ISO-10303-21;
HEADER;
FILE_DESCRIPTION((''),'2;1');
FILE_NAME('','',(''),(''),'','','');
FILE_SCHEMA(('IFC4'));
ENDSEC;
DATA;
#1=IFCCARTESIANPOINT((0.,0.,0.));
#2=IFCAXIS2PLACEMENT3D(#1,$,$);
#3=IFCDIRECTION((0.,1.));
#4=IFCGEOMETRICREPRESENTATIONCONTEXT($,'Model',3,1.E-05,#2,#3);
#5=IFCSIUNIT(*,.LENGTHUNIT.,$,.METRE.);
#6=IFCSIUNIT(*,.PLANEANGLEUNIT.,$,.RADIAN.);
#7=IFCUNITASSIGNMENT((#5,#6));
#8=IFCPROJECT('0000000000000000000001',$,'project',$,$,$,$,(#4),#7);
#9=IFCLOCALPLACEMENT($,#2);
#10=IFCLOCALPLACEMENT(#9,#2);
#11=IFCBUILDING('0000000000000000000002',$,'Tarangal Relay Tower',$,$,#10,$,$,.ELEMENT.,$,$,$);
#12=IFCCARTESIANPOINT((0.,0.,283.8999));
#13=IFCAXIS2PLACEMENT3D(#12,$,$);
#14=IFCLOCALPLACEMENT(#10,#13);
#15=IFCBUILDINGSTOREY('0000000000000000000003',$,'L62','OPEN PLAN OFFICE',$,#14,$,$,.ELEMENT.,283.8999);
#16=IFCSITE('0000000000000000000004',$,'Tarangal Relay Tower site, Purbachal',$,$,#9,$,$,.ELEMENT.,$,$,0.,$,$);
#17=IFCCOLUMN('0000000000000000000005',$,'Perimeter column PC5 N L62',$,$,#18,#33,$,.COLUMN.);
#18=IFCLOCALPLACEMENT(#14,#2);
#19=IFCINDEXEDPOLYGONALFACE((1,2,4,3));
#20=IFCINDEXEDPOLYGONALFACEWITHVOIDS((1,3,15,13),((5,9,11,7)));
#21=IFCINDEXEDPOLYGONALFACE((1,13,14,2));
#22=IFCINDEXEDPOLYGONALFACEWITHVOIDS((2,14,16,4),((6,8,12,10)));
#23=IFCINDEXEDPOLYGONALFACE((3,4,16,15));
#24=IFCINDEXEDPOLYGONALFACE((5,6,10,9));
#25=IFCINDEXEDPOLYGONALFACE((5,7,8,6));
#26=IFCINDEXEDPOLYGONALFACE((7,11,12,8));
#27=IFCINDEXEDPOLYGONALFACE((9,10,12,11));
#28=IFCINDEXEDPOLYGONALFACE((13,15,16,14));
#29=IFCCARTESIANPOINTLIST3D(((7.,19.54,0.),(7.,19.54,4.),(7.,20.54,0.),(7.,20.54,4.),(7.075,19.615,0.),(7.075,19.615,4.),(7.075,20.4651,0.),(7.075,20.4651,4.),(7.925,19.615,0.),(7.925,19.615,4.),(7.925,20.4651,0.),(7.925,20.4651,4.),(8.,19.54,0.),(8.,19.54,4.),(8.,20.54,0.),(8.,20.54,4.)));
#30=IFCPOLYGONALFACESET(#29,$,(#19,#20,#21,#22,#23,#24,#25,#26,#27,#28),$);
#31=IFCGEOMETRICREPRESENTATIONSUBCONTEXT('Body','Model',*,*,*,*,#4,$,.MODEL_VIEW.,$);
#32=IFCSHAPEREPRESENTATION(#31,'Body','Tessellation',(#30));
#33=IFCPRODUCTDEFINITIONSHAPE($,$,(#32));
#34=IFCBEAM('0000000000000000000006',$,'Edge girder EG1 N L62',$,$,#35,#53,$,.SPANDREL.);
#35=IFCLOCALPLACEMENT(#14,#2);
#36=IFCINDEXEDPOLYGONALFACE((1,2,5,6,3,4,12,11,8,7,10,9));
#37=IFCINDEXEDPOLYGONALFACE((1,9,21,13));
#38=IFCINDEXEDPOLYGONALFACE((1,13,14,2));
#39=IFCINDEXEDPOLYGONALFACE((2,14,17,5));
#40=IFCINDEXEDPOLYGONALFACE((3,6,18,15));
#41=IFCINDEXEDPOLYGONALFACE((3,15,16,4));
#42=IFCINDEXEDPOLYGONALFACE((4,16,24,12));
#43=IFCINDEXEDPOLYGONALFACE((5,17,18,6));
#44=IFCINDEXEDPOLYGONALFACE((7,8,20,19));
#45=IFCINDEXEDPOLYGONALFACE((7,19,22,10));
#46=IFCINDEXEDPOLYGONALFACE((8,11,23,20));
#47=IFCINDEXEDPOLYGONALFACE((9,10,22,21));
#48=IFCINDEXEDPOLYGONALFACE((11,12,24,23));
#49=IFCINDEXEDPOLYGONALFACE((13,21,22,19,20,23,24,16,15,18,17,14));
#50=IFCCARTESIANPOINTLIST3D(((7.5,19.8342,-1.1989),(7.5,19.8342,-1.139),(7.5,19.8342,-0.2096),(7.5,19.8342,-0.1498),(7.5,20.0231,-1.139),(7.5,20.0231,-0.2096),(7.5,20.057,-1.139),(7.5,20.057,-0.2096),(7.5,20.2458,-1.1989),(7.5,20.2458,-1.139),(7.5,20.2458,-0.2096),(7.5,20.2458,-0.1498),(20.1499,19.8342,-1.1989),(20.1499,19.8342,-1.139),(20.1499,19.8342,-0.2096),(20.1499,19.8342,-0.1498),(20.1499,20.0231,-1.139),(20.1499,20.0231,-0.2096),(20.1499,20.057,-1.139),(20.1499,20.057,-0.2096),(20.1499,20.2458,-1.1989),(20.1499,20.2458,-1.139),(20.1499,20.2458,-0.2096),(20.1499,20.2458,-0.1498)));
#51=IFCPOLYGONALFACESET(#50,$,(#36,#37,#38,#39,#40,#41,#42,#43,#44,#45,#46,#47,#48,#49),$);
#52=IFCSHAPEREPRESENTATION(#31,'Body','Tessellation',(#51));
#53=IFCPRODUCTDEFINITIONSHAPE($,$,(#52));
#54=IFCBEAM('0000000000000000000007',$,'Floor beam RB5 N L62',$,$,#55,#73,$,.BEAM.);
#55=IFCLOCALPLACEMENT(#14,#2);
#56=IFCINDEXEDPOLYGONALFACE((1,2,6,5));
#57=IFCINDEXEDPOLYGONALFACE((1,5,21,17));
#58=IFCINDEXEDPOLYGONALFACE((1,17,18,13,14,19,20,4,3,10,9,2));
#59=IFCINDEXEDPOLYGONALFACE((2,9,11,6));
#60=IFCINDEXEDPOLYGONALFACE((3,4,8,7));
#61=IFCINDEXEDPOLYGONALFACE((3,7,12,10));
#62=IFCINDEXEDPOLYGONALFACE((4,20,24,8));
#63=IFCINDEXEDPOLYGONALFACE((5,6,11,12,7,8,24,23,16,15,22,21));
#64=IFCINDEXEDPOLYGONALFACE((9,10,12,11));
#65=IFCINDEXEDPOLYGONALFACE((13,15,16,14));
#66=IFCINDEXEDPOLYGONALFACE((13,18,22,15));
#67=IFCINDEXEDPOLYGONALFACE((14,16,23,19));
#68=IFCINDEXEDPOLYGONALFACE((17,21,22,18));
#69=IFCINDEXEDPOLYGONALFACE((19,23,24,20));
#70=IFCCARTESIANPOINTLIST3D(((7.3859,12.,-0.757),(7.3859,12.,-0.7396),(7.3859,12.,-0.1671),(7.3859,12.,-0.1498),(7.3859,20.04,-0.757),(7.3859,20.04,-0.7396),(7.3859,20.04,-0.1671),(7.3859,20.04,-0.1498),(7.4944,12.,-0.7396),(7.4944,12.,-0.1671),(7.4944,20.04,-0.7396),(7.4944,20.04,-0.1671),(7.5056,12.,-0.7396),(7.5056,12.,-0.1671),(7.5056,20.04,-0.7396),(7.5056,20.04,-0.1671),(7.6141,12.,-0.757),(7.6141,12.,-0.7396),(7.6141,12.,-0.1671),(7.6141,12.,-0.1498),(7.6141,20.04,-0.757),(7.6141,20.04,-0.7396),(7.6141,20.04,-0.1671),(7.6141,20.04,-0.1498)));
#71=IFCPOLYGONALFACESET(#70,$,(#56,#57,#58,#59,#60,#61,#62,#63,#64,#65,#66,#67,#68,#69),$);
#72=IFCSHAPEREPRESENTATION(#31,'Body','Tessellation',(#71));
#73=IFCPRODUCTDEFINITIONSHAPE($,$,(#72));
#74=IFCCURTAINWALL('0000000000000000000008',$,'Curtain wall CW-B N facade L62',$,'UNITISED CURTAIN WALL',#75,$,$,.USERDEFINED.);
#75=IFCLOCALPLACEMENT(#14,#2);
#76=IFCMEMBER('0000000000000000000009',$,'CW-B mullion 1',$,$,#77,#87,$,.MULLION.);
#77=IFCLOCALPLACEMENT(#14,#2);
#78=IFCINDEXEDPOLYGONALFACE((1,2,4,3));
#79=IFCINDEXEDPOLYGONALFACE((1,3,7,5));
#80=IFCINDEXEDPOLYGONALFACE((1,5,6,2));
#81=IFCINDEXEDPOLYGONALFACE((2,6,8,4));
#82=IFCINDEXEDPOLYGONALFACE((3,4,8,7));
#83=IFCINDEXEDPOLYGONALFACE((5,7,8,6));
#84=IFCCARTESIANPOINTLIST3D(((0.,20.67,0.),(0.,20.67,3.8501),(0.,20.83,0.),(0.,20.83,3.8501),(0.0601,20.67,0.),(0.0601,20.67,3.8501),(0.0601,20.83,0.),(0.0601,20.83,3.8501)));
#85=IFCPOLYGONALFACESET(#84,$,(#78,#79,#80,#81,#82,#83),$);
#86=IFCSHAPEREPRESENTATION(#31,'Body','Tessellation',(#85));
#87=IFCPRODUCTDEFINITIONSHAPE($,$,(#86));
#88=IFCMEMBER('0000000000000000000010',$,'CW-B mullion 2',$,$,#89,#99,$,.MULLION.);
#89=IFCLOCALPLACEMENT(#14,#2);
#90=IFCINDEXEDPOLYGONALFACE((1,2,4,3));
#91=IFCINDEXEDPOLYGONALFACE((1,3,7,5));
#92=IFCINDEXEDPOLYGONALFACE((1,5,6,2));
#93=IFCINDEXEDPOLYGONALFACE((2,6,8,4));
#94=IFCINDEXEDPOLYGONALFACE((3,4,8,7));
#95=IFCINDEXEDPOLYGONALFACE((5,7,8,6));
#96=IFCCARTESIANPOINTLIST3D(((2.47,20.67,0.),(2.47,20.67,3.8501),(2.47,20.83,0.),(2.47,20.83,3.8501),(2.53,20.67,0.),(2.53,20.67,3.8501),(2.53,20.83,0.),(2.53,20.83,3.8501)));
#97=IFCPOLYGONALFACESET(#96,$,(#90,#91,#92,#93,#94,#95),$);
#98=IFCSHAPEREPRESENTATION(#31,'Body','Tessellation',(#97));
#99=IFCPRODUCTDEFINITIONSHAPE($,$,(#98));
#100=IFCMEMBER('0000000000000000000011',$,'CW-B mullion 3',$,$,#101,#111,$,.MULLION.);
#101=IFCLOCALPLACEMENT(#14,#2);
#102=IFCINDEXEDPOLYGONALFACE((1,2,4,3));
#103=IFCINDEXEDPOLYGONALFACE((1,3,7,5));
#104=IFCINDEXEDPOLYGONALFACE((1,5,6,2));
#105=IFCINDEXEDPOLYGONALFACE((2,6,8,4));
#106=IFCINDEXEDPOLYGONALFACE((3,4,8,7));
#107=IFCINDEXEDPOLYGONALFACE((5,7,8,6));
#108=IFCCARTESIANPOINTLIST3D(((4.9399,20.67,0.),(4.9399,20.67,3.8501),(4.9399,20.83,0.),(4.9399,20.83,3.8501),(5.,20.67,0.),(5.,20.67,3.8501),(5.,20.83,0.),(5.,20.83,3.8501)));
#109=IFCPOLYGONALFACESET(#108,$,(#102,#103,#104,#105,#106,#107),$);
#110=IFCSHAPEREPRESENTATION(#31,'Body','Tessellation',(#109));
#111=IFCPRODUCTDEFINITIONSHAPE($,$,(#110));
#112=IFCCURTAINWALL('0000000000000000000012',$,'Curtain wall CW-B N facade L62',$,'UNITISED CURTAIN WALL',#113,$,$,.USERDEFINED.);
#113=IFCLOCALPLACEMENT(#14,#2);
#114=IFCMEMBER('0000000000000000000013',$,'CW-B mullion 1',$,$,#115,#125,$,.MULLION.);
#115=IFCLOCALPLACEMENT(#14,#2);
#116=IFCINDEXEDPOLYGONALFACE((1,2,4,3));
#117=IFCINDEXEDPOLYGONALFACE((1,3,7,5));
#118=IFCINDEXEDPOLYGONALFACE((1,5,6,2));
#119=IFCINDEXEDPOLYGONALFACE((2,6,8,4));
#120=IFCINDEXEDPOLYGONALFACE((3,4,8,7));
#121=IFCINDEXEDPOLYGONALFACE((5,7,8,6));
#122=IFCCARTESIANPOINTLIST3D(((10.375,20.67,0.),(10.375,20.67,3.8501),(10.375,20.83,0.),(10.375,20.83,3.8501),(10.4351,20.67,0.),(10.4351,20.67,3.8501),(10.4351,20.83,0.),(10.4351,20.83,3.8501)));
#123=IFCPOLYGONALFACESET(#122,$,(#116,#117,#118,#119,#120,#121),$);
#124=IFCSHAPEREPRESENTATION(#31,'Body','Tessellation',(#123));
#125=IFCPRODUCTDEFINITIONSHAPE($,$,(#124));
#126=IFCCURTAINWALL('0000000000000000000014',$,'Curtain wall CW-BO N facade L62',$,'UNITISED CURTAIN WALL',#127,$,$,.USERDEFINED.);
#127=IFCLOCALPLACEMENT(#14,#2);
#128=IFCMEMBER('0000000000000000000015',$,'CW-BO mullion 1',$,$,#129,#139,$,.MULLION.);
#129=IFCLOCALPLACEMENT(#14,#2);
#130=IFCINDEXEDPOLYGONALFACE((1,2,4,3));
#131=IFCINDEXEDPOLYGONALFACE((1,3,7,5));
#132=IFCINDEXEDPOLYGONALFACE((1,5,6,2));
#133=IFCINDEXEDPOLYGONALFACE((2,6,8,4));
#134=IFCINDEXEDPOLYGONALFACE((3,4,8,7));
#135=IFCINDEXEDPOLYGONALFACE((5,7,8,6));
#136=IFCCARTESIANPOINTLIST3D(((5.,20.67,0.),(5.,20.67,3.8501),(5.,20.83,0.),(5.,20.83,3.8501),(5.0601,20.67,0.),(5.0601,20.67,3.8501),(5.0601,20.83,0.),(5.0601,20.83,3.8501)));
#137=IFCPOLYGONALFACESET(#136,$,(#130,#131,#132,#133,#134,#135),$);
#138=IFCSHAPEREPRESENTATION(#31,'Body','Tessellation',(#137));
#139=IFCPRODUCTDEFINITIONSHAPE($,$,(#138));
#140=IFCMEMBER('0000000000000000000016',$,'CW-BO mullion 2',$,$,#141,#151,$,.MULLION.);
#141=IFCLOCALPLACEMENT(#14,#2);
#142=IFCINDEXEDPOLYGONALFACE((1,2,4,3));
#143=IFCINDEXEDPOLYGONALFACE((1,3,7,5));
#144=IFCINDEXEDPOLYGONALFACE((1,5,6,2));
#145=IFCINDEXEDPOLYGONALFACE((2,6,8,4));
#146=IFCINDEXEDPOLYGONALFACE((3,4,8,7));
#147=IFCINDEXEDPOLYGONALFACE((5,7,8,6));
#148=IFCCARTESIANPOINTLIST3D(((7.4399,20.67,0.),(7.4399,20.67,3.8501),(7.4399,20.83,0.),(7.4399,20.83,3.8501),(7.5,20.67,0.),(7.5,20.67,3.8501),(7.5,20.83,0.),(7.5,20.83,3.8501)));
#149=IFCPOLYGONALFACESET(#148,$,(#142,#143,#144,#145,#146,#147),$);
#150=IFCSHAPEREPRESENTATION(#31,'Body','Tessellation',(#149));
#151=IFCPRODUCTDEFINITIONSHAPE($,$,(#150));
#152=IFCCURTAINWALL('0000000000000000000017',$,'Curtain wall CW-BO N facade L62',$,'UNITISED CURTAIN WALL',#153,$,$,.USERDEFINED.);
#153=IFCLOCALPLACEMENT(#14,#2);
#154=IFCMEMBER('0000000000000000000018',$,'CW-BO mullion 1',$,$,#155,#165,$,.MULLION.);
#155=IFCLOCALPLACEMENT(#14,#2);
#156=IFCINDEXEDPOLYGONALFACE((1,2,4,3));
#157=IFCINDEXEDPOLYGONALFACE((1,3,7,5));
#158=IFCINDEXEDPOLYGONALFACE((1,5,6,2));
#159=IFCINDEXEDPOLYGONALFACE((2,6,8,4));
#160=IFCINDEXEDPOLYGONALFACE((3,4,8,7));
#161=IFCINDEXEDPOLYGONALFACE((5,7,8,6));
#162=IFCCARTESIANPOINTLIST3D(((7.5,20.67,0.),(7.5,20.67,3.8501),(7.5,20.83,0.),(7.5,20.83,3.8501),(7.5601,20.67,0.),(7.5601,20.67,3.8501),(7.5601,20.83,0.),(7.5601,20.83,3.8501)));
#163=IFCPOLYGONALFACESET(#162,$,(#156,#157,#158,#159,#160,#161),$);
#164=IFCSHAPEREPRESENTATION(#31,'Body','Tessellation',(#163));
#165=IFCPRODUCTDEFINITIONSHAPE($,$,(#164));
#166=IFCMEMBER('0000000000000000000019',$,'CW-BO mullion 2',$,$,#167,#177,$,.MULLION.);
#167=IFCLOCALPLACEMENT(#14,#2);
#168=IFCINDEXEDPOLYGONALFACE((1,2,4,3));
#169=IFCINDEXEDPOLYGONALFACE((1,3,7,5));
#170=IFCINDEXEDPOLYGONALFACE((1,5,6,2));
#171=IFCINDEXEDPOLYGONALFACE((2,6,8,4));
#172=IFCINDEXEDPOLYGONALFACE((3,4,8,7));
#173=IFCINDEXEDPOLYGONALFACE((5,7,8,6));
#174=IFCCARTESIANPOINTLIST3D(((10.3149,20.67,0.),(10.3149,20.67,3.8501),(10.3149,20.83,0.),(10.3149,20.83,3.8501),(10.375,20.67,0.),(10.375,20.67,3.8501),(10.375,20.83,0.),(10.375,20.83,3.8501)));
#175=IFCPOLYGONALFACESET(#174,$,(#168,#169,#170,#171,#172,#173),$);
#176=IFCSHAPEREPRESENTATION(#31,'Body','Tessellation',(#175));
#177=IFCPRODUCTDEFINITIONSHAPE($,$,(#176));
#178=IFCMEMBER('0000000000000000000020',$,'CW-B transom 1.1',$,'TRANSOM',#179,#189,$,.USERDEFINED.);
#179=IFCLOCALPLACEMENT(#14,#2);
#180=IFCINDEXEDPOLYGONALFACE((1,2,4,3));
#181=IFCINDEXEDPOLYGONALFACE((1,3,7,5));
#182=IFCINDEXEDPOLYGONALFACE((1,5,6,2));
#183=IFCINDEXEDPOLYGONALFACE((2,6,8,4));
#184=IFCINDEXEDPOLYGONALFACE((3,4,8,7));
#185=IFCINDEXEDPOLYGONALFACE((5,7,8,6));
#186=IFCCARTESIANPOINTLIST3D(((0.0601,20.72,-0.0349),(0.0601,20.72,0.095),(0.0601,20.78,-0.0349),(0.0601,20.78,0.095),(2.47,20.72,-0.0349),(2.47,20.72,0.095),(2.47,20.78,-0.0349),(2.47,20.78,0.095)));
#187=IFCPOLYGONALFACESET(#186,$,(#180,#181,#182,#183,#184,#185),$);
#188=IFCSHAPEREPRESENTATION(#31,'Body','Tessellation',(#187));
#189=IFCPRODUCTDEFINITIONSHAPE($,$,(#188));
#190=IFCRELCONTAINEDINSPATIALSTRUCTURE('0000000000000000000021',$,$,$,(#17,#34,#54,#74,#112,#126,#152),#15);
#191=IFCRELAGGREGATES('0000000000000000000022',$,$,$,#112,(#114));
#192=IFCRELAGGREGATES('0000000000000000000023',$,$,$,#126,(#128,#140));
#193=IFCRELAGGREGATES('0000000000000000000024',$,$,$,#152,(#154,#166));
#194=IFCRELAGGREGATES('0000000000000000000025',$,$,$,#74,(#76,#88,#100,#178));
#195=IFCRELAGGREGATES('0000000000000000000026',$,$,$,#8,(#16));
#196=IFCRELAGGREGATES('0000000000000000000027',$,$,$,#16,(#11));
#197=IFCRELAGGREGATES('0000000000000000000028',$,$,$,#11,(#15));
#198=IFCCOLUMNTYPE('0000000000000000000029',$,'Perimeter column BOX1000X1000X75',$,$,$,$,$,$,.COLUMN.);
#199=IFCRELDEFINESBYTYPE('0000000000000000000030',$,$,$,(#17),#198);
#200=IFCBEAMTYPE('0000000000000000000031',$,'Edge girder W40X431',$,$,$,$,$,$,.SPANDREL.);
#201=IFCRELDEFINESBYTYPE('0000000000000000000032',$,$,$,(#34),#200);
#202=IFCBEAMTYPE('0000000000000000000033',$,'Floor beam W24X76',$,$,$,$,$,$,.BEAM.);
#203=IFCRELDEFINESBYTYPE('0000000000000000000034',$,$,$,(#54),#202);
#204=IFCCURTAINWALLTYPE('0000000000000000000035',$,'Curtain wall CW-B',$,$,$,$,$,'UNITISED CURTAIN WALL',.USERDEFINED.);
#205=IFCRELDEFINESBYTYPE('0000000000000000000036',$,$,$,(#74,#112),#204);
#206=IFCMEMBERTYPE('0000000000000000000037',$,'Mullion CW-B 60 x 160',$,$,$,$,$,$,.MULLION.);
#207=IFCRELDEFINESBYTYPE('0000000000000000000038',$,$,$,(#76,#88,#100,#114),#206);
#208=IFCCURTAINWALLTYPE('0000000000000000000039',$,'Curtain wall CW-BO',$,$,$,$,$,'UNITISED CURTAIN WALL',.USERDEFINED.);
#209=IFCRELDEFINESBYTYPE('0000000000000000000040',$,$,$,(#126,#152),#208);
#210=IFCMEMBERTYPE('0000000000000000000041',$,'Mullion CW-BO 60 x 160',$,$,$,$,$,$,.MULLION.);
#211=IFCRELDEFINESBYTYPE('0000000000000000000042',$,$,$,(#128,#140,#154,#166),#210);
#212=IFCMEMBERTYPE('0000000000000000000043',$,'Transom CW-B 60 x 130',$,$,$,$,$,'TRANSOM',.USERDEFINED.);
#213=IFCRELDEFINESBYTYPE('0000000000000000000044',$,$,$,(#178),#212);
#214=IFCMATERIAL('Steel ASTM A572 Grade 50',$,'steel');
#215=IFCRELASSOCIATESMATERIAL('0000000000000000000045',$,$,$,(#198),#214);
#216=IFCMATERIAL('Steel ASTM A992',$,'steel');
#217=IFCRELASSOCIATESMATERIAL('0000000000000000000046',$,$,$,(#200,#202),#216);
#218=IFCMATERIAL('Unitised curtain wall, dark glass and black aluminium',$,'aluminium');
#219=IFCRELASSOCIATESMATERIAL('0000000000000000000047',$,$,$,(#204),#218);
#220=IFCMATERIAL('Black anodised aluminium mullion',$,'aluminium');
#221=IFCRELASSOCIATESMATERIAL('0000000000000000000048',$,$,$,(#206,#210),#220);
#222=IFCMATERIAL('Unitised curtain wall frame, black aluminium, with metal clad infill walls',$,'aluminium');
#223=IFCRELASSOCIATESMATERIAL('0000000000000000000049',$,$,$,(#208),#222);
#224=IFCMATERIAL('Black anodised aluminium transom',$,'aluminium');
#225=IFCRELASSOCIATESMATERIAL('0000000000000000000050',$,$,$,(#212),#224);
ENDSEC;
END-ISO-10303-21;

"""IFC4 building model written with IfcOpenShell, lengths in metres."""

from ifc_helpers import new_model, si_unit, direction, frame, origin, origin_2d, place, context, subcontext, project, spatial, rectangle, hollow_rectangle, i_section, extrude, material, material_profile, profile_set, type_object, element, aggregate, save


model = new_model("IFC4")

# Units and contexts
model_context = context("Model", 3, precision=1e-05, world=origin(), true_north=direction((0.0, 1.0)))
body_context = subcontext(model_context, "Body", "Model", "MODEL_VIEW")
ifc_project = project(units=[si_unit("LENGTHUNIT", "METRE"), si_unit("PLANEANGLEUNIT", "RADIAN")], contexts=[model_context])

# Site, building, storey
site_placement = place(None, origin())
site = spatial("IfcSite", under=ifc_project, at=site_placement, Name="Tarangal Relay Tower site, Purbachal", CompositionType="ELEMENT", RefElevation=0.0)
building_placement = place(site_placement, origin())
building = spatial("IfcBuilding", under=site, at=building_placement, Name="Tarangal Relay Tower", CompositionType="ELEMENT")
storey_placement = place(building_placement, frame((0.0, 0.0, 283.8999)))
storey = spatial("IfcBuildingStorey", under=building, at=storey_placement, Name="L62", Description="OPEN PLAN OFFICE", CompositionType="ELEMENT", Elevation=283.8999)

# Column
ifc_material_1 = material(Name="Steel ASTM A572 Grade 50", Category="steel")
ifc_material_profile_1 = material_profile(ifc_material_1, hollow_rectangle(XDim=1.0, YDim=1.0, WallThickness=0.075, at=origin_2d()), Name="BOX1000X1000X75")
ifc_profile_set_1 = profile_set([ifc_material_profile_1], Name="Steel ASTM A572 Grade 50")
column_type = type_object("IfcColumnType", Name="Perimeter column BOX1000X1000X75", PredefinedType="COLUMN", material=ifc_profile_set_1)
column_placement = place(storey_placement, frame((7.5, 20.04, 0.0), z_axis=(0.0, 0.0, 1.0), x_axis=(1.0, 0.0, 0.0)))
element("IfcColumn", 1, at=column_placement, inside=storey, type_object=column_type, Name="Perimeter column PC5 N L62", PredefinedType="COLUMN", context=body_context, shape_type="SweptSolid", body=[
    extrude(hollow_rectangle(XDim=1.0, YDim=1.0, WallThickness=0.075, at=origin_2d()), origin(), (0.0, 0.0, 1.0), 4.0),
])

# Beams
ifc_material_2 = material(Name="Steel ASTM A992", Category="steel")
ifc_material_profile_2 = material_profile(ifc_material_2, i_section(OverallWidth=0.4116, OverallDepth=1.0491, WebThickness=0.0339, FlangeThickness=0.0598, at=origin_2d()), Name="W40X431")
ifc_profile_set_2 = profile_set([ifc_material_profile_2], Name="Steel ASTM A992")
beam_type_1 = type_object("IfcBeamType", Name="Edge girder W40X431", PredefinedType="SPANDREL", material=ifc_profile_set_2)
beam_1_placement = place(storey_placement, frame((7.5, 20.04, -0.6743), z_axis=(1.0, 0.0, 0.0), x_axis=(0.0, 1.0, 0.0)))
element("IfcBeam", 2, at=beam_1_placement, inside=storey, type_object=beam_type_1, Name="Edge girder EG1 N L62", PredefinedType="SPANDREL", context=body_context, shape_type="SweptSolid", body=[
    extrude(i_section(OverallWidth=0.4116, OverallDepth=1.0491, WebThickness=0.0339, FlangeThickness=0.0598, at=origin_2d()), origin(), (0.0, 0.0, 1.0), 12.6499),
])
ifc_material_profile_3 = material_profile(ifc_material_2, i_section(OverallWidth=0.2283, OverallDepth=0.6072, WebThickness=0.0112, FlangeThickness=0.0173, at=origin_2d()), Name="W24X76")
ifc_profile_set_3 = profile_set([ifc_material_profile_3], Name="Steel ASTM A992")
beam_type_2 = type_object("IfcBeamType", Name="Floor beam W24X76", PredefinedType="BEAM", material=ifc_profile_set_3)
beam_2_placement = place(storey_placement, frame((7.5, 12.0, -0.4534), z_axis=(0.0, 1.0, 0.0), x_axis=(-1.0, 0.0, 0.0)))
element("IfcBeam", 3, at=beam_2_placement, inside=storey, type_object=beam_type_2, Name="Floor beam RB5 N L62", PredefinedType="BEAM", context=body_context, shape_type="SweptSolid", body=[
    extrude(i_section(OverallWidth=0.2283, OverallDepth=0.6072, WebThickness=0.0112, FlangeThickness=0.0173, at=origin_2d()), origin(), (0.0, 0.0, 1.0), 8.04),
])

# Curtain wall, members
ifc_material_3 = material(Name="Unitised curtain wall, dark glass and black aluminium", Category="aluminium")
curtain_wall_type_1 = type_object("IfcCurtainWallType", Name="Curtain wall CW-B", ElementType="UNITISED CURTAIN WALL", PredefinedType="USERDEFINED", material=ifc_material_3)
curtain_wall_1_placement = place(storey_placement, origin())
curtain_wall_1 = element("IfcCurtainWall", 4, at=curtain_wall_1_placement, inside=storey, type_object=curtain_wall_type_1, Name="Curtain wall CW-B N facade L62", ObjectType="UNITISED CURTAIN WALL", PredefinedType="USERDEFINED")
ifc_material_4 = material(Name="Black anodised aluminium mullion", Category="aluminium")
ifc_material_profile_4 = material_profile(ifc_material_4, rectangle(XDim=0.1599, YDim=0.0601, at=origin_2d()), Name="CW-BM 60X160")
ifc_profile_set_4 = profile_set([ifc_material_profile_4], Name="Black anodised aluminium mullion")
member_type_1 = type_object("IfcMemberType", Name="Mullion CW-B 60 x 160", PredefinedType="MULLION", material=ifc_profile_set_4)
member_1_placement = place(storey_placement, frame((0.03, 20.75, 0.0), z_axis=(0.0, 0.0, 1.0), x_axis=(0.0, 1.0, 0.0)))
member_1 = element("IfcMember", 5, at=member_1_placement, type_object=member_type_1, Name="CW-B mullion 1", PredefinedType="MULLION", context=body_context, shape_type="SweptSolid", body=[
    extrude(rectangle(XDim=0.1599, YDim=0.0601, at=origin_2d()), origin(), (0.0, 0.0, 1.0), 3.8501),
])
member_2_placement = place(storey_placement, frame((2.5, 20.75, 0.0), z_axis=(0.0, 0.0, 1.0), x_axis=(0.0, 1.0, 0.0)))
member_2 = element("IfcMember", 6, at=member_2_placement, type_object=member_type_1, Name="CW-B mullion 2", PredefinedType="MULLION", context=body_context, shape_type="SweptSolid", body=[
    extrude(rectangle(XDim=0.1599, YDim=0.0601, at=origin_2d()), origin(), (0.0, 0.0, 1.0), 3.8501),
])
member_3_placement = place(storey_placement, frame((4.97, 20.75, 0.0), z_axis=(0.0, 0.0, 1.0), x_axis=(0.0, 1.0, 0.0)))
member_3 = element("IfcMember", 7, at=member_3_placement, type_object=member_type_1, Name="CW-B mullion 3", PredefinedType="MULLION", context=body_context, shape_type="SweptSolid", body=[
    extrude(rectangle(XDim=0.1599, YDim=0.0601, at=origin_2d()), origin(), (0.0, 0.0, 1.0), 3.8501),
])

# Curtain wall, member
curtain_wall_2_placement = place(storey_placement, origin())
curtain_wall_2 = element("IfcCurtainWall", 8, at=curtain_wall_2_placement, inside=storey, type_object=curtain_wall_type_1, Name="Curtain wall CW-B N facade L62", ObjectType="UNITISED CURTAIN WALL", PredefinedType="USERDEFINED")
member_4_placement = place(storey_placement, frame((10.405, 20.75, 0.0), z_axis=(0.0, 0.0, 1.0), x_axis=(0.0, 1.0, 0.0)))
member_4 = element("IfcMember", 9, at=member_4_placement, type_object=member_type_1, Name="CW-B mullion 1", PredefinedType="MULLION", context=body_context, shape_type="SweptSolid", body=[
    extrude(rectangle(XDim=0.1599, YDim=0.0601, at=origin_2d()), origin(), (0.0, 0.0, 1.0), 3.8501),
])

# Curtain walls, members
ifc_material_5 = material(Name="Unitised curtain wall frame, black aluminium, with metal clad infill walls", Category="aluminium")
curtain_wall_type_2 = type_object("IfcCurtainWallType", Name="Curtain wall CW-BO", ElementType="UNITISED CURTAIN WALL", PredefinedType="USERDEFINED", material=ifc_material_5)
curtain_wall_3_placement = place(storey_placement, origin())
curtain_wall_3 = element("IfcCurtainWall", 10, at=curtain_wall_3_placement, inside=storey, type_object=curtain_wall_type_2, Name="Curtain wall CW-BO N facade L62", ObjectType="UNITISED CURTAIN WALL", PredefinedType="USERDEFINED")
ifc_material_profile_5 = material_profile(ifc_material_4, rectangle(XDim=0.1599, YDim=0.0601, at=origin_2d()), Name="CW-BOM 60X160")
ifc_profile_set_5 = profile_set([ifc_material_profile_5], Name="Black anodised aluminium mullion")
member_type_2 = type_object("IfcMemberType", Name="Mullion CW-BO 60 x 160", PredefinedType="MULLION", material=ifc_profile_set_5)
member_5_placement = place(storey_placement, frame((5.03, 20.75, 0.0), z_axis=(0.0, 0.0, 1.0), x_axis=(0.0, 1.0, 0.0)))
member_5 = element("IfcMember", 11, at=member_5_placement, type_object=member_type_2, Name="CW-BO mullion 1", PredefinedType="MULLION", context=body_context, shape_type="SweptSolid", body=[
    extrude(rectangle(XDim=0.1599, YDim=0.0601, at=origin_2d()), origin(), (0.0, 0.0, 1.0), 3.8501),
])
member_6_placement = place(storey_placement, frame((7.47, 20.75, 0.0), z_axis=(0.0, 0.0, 1.0), x_axis=(0.0, 1.0, 0.0)))
member_6 = element("IfcMember", 12, at=member_6_placement, type_object=member_type_2, Name="CW-BO mullion 2", PredefinedType="MULLION", context=body_context, shape_type="SweptSolid", body=[
    extrude(rectangle(XDim=0.1599, YDim=0.0601, at=origin_2d()), origin(), (0.0, 0.0, 1.0), 3.8501),
])
curtain_wall_4_placement = place(storey_placement, origin())
curtain_wall_4 = element("IfcCurtainWall", 13, at=curtain_wall_4_placement, inside=storey, type_object=curtain_wall_type_2, Name="Curtain wall CW-BO N facade L62", ObjectType="UNITISED CURTAIN WALL", PredefinedType="USERDEFINED")
member_7_placement = place(storey_placement, frame((7.53, 20.75, 0.0), z_axis=(0.0, 0.0, 1.0), x_axis=(0.0, 1.0, 0.0)))
member_7 = element("IfcMember", 14, at=member_7_placement, type_object=member_type_2, Name="CW-BO mullion 1", PredefinedType="MULLION", context=body_context, shape_type="SweptSolid", body=[
    extrude(rectangle(XDim=0.1599, YDim=0.0601, at=origin_2d()), origin(), (0.0, 0.0, 1.0), 3.8501),
])
member_8_placement = place(storey_placement, frame((10.345, 20.75, 0.0), z_axis=(0.0, 0.0, 1.0), x_axis=(0.0, 1.0, 0.0)))
member_8 = element("IfcMember", 15, at=member_8_placement, type_object=member_type_2, Name="CW-BO mullion 2", PredefinedType="MULLION", context=body_context, shape_type="SweptSolid", body=[
    extrude(rectangle(XDim=0.1599, YDim=0.0601, at=origin_2d()), origin(), (0.0, 0.0, 1.0), 3.8501),
])

# Member
ifc_material_6 = material(Name="Black anodised aluminium transom", Category="aluminium")
ifc_material_profile_6 = material_profile(ifc_material_6, rectangle(XDim=0.0601, YDim=0.1299, at=origin_2d()), Name="CW-BT 60X130")
ifc_profile_set_6 = profile_set([ifc_material_profile_6], Name="Black anodised aluminium transom")
member_type_3 = type_object("IfcMemberType", Name="Transom CW-B 60 x 130", ElementType="TRANSOM", PredefinedType="USERDEFINED", material=ifc_profile_set_6)
member_9_placement = place(storey_placement, frame((0.0601, 20.75, 0.03), z_axis=(1.0, 0.0, 0.0), x_axis=(0.0, 1.0, 0.0)))
member_9 = element("IfcMember", 16, at=member_9_placement, type_object=member_type_3, Name="CW-B transom 1.1", ObjectType="TRANSOM", PredefinedType="USERDEFINED", context=body_context, shape_type="SweptSolid", body=[
    extrude(rectangle(XDim=0.0601, YDim=0.1299, at=origin_2d()), origin(), (0.0, 0.0, 1.0), 2.4099),
])
aggregate(curtain_wall_2, [member_4])
aggregate(curtain_wall_3, [member_5, member_6])
aggregate(curtain_wall_4, [member_7, member_8])

aggregate(curtain_wall_1, [member_1, member_2, member_3, member_9])

save(model, "model.ifc")
